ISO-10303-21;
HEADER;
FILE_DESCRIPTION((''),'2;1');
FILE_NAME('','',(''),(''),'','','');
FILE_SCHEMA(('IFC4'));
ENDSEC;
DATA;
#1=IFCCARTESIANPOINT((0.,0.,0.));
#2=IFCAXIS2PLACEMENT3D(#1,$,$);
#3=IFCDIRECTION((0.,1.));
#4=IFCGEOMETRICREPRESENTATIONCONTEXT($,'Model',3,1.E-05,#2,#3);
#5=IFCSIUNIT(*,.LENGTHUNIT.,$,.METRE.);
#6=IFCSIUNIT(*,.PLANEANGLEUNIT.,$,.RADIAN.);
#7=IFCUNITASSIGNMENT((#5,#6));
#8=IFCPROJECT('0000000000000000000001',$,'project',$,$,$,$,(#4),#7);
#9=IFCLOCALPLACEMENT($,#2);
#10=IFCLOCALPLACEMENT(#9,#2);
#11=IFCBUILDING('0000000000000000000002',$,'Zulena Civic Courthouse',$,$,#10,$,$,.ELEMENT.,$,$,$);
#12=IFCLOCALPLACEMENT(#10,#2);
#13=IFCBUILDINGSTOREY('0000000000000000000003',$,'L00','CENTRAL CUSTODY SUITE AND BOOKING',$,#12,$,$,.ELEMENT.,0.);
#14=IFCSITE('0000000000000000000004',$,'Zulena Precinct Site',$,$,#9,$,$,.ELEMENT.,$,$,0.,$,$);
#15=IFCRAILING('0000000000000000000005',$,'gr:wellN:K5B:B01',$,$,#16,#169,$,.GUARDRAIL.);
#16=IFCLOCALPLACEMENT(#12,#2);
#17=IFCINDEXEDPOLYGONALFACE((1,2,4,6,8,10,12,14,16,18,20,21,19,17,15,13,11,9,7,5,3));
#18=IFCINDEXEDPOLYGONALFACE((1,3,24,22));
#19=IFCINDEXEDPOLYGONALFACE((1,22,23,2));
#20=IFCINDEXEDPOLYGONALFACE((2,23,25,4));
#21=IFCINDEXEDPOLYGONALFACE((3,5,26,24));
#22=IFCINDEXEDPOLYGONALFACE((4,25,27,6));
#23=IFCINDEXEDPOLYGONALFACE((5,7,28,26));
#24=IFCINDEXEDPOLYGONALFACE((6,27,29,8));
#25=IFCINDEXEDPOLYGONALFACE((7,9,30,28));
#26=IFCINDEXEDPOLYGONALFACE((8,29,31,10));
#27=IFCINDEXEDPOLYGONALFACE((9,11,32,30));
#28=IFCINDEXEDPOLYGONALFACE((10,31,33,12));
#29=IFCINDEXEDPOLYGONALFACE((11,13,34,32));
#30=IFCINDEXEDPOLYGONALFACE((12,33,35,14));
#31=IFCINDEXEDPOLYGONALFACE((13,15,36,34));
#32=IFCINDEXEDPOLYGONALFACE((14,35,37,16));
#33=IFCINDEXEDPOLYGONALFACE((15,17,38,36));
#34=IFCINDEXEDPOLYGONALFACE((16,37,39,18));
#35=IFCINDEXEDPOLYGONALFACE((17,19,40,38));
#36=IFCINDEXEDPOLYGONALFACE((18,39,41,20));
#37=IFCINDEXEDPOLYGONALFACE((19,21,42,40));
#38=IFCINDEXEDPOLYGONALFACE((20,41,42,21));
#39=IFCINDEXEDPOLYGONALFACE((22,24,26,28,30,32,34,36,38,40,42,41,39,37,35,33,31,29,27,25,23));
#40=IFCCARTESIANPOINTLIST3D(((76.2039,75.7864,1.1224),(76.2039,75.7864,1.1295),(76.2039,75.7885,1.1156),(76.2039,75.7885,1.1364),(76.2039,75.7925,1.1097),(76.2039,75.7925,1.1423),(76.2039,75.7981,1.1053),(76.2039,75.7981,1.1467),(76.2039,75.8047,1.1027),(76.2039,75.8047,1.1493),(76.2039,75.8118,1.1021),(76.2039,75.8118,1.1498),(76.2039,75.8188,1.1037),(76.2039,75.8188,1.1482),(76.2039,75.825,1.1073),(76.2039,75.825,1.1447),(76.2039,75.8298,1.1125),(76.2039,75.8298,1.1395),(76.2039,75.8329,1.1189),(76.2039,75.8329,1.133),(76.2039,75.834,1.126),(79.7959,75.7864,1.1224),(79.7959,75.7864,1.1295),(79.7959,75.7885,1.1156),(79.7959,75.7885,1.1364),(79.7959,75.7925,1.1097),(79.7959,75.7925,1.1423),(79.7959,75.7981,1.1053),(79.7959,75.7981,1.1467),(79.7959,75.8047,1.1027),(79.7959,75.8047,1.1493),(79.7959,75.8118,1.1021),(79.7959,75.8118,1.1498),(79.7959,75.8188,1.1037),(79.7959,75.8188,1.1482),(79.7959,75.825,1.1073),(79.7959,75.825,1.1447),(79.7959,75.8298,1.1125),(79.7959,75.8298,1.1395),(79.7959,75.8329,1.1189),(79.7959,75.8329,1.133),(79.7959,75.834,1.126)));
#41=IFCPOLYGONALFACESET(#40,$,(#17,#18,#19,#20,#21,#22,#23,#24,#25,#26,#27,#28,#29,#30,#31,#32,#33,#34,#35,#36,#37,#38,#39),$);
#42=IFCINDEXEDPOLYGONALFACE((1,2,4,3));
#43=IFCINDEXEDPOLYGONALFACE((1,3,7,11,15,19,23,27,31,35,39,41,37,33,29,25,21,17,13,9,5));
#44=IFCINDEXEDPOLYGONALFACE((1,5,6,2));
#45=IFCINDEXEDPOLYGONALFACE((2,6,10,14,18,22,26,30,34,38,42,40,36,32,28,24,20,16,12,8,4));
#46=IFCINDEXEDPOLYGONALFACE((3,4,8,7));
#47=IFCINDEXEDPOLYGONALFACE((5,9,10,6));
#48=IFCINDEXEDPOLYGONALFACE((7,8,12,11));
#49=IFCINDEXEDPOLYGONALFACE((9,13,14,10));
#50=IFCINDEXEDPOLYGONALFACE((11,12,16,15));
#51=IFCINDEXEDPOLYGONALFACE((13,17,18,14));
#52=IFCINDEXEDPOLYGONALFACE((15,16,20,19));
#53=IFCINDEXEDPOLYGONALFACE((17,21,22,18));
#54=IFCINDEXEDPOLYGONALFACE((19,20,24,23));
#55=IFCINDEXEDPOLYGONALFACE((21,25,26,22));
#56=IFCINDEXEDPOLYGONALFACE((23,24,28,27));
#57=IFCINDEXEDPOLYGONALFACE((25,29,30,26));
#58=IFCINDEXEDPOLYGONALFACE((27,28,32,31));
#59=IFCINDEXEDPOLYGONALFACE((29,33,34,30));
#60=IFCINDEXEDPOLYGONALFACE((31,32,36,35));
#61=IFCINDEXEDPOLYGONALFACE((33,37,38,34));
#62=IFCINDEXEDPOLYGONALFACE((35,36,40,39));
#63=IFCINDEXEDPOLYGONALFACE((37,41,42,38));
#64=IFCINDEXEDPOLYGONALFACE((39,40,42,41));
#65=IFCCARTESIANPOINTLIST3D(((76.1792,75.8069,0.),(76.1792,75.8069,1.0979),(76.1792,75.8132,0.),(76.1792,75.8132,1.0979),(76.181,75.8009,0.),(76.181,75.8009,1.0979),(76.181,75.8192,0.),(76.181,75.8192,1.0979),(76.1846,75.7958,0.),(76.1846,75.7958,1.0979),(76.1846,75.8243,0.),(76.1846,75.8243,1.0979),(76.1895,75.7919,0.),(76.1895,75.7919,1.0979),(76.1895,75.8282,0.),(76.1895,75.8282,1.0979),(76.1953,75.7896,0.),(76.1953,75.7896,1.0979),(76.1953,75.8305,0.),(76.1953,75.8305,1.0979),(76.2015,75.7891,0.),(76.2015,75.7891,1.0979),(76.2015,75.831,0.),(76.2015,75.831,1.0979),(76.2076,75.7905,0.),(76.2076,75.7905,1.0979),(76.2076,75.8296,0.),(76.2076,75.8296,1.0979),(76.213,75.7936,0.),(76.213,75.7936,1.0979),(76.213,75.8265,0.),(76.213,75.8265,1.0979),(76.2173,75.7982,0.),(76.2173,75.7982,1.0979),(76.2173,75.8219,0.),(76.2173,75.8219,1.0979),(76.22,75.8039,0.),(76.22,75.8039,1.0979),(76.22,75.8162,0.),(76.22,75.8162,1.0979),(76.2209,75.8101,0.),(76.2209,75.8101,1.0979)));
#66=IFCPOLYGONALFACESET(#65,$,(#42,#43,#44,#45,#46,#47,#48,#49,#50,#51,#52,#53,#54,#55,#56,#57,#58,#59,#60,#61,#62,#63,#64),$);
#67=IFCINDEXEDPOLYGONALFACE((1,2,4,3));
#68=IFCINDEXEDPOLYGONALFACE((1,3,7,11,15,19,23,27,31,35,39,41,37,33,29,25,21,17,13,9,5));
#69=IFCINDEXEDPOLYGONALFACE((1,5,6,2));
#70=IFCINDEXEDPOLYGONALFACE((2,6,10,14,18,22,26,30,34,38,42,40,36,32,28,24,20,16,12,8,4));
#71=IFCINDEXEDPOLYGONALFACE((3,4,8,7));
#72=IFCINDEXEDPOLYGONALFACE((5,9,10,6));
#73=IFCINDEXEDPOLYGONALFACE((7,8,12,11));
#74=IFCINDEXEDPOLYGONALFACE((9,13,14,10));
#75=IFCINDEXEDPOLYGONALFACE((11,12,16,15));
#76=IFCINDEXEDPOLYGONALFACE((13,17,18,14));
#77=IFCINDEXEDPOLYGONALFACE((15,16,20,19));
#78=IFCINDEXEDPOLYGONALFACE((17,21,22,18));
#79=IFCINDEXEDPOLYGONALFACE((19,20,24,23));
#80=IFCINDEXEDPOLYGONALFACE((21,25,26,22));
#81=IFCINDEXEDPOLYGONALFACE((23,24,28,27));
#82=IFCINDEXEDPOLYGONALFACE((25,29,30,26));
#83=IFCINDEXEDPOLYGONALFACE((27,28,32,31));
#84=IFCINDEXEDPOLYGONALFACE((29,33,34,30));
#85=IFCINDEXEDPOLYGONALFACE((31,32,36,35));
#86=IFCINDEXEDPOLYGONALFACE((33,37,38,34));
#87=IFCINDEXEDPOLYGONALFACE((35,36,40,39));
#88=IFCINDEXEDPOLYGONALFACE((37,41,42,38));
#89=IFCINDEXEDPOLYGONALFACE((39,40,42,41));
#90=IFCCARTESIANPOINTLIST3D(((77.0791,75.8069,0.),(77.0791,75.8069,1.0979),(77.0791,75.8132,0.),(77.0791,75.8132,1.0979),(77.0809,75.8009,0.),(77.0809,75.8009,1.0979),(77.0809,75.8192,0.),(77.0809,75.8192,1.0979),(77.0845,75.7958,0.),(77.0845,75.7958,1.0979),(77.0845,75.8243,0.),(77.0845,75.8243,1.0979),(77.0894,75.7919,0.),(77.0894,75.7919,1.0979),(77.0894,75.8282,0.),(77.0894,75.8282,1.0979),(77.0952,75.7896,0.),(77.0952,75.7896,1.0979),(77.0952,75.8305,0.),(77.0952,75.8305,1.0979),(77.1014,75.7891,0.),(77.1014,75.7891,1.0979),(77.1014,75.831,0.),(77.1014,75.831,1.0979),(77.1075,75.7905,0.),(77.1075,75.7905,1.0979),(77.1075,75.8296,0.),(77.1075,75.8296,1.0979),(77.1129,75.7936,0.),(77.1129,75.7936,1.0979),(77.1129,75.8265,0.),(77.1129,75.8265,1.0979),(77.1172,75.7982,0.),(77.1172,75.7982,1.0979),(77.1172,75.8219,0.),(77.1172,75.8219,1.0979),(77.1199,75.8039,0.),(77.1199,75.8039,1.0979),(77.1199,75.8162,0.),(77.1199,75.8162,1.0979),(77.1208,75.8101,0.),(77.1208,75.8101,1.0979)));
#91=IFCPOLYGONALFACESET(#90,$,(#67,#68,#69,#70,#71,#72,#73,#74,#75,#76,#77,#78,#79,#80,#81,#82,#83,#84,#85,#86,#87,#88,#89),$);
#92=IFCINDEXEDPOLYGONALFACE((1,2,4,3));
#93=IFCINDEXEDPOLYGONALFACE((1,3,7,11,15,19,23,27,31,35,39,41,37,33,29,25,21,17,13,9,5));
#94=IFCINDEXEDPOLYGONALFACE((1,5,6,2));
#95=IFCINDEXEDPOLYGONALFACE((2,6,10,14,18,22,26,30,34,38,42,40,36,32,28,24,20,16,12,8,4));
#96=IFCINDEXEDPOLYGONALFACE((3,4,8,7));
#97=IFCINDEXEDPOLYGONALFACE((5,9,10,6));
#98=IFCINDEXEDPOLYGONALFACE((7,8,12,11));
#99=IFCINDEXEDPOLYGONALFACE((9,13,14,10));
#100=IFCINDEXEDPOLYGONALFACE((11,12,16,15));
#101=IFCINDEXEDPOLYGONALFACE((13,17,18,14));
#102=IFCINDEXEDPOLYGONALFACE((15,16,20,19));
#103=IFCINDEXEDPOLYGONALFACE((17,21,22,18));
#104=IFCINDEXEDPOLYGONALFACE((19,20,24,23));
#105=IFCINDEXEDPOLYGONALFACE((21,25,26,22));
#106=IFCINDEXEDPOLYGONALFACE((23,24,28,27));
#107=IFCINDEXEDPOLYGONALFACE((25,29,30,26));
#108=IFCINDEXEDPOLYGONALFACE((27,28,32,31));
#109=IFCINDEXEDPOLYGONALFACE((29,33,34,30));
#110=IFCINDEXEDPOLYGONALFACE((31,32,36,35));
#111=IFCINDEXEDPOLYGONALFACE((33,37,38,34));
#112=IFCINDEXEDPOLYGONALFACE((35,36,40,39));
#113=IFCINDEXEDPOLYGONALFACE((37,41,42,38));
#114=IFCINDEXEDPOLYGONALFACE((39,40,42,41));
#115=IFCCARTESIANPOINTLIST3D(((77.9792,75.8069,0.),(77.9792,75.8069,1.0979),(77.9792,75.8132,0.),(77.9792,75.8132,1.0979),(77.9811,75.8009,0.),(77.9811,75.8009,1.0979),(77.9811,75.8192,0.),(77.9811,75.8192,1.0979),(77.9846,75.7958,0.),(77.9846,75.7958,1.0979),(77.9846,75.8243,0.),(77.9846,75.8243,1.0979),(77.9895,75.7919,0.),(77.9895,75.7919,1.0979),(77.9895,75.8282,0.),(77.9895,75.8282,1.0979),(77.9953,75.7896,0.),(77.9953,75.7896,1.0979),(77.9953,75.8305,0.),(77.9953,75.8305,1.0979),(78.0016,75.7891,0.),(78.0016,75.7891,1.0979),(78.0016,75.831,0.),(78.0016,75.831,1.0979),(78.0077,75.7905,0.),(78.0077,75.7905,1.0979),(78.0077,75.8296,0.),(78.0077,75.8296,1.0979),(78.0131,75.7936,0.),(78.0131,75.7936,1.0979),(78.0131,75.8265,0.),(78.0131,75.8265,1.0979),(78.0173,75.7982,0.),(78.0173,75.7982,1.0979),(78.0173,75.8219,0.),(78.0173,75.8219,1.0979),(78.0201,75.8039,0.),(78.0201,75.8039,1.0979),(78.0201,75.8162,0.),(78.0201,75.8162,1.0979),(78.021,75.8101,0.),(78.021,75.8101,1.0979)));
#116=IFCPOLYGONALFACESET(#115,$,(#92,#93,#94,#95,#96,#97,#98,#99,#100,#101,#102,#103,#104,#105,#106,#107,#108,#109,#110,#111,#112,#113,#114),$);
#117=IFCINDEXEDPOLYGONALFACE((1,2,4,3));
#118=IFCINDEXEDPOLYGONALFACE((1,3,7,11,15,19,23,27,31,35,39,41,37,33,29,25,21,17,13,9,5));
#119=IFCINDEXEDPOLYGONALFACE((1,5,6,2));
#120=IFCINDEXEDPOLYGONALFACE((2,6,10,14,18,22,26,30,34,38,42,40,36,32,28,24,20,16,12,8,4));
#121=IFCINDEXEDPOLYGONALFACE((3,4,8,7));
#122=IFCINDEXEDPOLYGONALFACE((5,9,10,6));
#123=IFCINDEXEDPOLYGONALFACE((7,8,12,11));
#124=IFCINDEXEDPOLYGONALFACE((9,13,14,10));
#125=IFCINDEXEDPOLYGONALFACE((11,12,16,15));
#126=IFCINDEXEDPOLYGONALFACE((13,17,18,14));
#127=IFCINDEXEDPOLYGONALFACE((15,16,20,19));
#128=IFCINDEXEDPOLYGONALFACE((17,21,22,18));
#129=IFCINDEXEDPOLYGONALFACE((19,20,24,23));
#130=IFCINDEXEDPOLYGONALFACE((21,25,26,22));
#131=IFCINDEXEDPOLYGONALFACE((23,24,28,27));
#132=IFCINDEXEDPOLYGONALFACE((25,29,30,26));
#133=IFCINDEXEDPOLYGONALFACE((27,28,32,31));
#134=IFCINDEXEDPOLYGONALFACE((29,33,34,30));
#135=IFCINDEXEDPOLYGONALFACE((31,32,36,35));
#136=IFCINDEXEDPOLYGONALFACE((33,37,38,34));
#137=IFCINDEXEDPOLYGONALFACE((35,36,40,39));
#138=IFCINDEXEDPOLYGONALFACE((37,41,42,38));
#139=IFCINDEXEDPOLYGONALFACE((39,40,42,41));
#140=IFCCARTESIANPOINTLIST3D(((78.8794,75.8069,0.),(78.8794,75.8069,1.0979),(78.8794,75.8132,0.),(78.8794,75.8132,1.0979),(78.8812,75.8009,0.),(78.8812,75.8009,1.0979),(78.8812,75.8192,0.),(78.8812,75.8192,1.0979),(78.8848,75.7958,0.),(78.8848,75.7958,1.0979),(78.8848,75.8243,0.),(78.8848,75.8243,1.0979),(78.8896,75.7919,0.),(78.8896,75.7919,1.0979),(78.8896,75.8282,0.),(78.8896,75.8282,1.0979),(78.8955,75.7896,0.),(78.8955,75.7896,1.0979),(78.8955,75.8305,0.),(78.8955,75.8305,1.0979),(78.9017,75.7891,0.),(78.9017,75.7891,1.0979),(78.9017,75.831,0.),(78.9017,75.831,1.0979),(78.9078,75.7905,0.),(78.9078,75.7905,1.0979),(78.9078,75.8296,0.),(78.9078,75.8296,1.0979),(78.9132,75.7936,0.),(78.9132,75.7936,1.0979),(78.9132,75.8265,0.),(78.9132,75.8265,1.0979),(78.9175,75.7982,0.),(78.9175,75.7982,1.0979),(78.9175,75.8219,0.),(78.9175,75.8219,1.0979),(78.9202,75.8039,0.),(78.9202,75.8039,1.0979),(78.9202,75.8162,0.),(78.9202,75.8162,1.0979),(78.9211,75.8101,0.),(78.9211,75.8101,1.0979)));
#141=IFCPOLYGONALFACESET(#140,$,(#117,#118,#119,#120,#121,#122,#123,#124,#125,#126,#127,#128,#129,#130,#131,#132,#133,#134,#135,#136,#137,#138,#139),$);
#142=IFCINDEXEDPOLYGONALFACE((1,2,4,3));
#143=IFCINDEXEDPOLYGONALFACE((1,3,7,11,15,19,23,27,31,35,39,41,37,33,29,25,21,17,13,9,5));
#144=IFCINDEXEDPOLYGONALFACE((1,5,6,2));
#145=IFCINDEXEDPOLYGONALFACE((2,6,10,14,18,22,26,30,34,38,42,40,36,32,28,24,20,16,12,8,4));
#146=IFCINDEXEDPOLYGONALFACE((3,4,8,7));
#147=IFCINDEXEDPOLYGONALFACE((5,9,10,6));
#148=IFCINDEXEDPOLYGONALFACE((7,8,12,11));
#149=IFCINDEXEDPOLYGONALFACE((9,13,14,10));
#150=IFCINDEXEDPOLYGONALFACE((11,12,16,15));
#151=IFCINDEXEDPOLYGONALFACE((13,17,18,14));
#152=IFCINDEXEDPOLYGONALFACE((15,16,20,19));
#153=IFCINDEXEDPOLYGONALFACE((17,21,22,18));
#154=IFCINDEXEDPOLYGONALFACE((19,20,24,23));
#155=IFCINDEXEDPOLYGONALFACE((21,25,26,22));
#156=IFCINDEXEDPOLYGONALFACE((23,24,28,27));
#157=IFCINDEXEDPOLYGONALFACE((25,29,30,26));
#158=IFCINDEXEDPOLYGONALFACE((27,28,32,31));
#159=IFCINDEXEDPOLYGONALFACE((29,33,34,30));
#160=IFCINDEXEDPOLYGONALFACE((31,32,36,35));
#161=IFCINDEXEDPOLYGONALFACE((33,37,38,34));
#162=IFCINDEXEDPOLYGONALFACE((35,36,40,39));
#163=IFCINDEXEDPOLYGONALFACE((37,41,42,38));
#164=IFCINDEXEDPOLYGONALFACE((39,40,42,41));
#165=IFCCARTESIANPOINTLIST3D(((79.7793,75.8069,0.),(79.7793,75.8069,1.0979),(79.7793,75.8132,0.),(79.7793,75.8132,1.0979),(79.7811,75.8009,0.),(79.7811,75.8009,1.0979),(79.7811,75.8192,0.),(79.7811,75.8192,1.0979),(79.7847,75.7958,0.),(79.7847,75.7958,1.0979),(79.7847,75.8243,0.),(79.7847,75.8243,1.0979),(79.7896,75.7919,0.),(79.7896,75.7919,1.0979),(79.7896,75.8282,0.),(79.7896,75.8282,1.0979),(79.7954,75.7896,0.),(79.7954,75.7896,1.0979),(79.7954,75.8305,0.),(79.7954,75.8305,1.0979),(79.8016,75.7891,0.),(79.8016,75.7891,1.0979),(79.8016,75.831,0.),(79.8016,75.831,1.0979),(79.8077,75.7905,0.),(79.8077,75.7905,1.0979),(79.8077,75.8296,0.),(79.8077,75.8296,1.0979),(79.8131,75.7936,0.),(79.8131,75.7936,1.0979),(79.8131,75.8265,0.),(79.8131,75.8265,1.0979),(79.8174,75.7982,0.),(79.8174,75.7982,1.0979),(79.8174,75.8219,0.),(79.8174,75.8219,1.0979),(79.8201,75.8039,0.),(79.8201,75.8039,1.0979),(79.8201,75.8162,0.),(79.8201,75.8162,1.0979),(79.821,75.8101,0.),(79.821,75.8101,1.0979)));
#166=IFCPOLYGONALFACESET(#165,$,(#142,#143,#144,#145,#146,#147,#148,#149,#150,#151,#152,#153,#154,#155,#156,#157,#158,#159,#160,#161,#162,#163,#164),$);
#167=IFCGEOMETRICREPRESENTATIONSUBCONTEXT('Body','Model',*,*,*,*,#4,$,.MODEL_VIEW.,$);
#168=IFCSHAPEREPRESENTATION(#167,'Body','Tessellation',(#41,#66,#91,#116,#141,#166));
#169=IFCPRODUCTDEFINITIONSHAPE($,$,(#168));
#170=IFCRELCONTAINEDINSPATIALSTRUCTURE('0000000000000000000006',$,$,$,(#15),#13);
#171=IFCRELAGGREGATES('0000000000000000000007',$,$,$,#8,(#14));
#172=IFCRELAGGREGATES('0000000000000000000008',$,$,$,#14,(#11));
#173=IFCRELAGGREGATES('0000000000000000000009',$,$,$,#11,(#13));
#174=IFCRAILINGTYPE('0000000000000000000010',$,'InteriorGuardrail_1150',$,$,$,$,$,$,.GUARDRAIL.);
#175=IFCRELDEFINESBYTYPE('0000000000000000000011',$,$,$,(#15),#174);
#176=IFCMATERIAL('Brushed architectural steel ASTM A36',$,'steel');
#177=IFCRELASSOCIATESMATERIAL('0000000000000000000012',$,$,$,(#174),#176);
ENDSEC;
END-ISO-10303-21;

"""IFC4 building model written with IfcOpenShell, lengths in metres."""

from ifc_helpers import new_model, si_unit, direction, frame, origin, origin_2d, place, context, subcontext, project, spatial, circle, extrude, material, type_object, element, save


model = new_model("IFC4")

# Units and contexts
model_context = context("Model", 3, precision=1e-05, world=origin(), true_north=direction((0.0, 1.0)))
body_context = subcontext(model_context, "Body", "Model", "MODEL_VIEW")
ifc_project = project(units=[si_unit("LENGTHUNIT", "METRE"), si_unit("PLANEANGLEUNIT", "RADIAN")], contexts=[model_context])

# Site, building, storey
site_placement = place(None, origin())
site = spatial("IfcSite", under=ifc_project, at=site_placement, Name="Zulena Precinct Site", CompositionType="ELEMENT", RefElevation=0.0)
building_placement = place(site_placement, origin())
building = spatial("IfcBuilding", under=site, at=building_placement, Name="Zulena Civic Courthouse", CompositionType="ELEMENT")
storey_placement = place(building_placement, origin())
storey = spatial("IfcBuildingStorey", under=building, at=storey_placement, Name="L00", Description="CENTRAL CUSTODY SUITE AND BOOKING", CompositionType="ELEMENT", Elevation=0.0)

# Railing
ifc_material_1 = material(Name="Brushed architectural steel ASTM A36", Category="steel")
railing_type_1 = type_object("IfcRailingType", Name="InteriorGuardrail_1150", PredefinedType="GUARDRAIL", material=ifc_material_1)
railing_1_placement = place(storey_placement, frame((76.2, 75.8101, 0.0)))
element("IfcRailing", 1, at=railing_1_placement, inside=storey, type_object=railing_type_1, Name="gr:wellN:K5B:B01", PredefinedType="GUARDRAIL", context=body_context, shape_type="SweptSolid", body=[
    extrude(circle(Radius=0.0239, at=origin_2d()), frame((0.0039, 0.0, 1.126), z_axis=(1.0, 0.0, 0.0), x_axis=(0.0, 1.0, 0.0)), (0.0, 0.0, 1.0), 3.592),
    extrude(circle(Radius=0.021, at=origin_2d()), origin(), (0.0, 0.0, 1.0), 1.0979),
    extrude(circle(Radius=0.021, at=origin_2d()), frame((0.8999, 0.0, 0.0)), (0.0, 0.0, 1.0), 1.0979),
    extrude(circle(Radius=0.021, at=origin_2d()), frame((1.8, 0.0, 0.0)), (0.0, 0.0, 1.0), 1.0979),
    extrude(circle(Radius=0.021, at=origin_2d()), frame((2.7002, 0.0, 0.0)), (0.0, 0.0, 1.0), 1.0979),
    extrude(circle(Radius=0.021, at=origin_2d()), frame((3.6001, 0.0, 0.0)), (0.0, 0.0, 1.0), 1.0979),
])

save(model, "model.ifc")
